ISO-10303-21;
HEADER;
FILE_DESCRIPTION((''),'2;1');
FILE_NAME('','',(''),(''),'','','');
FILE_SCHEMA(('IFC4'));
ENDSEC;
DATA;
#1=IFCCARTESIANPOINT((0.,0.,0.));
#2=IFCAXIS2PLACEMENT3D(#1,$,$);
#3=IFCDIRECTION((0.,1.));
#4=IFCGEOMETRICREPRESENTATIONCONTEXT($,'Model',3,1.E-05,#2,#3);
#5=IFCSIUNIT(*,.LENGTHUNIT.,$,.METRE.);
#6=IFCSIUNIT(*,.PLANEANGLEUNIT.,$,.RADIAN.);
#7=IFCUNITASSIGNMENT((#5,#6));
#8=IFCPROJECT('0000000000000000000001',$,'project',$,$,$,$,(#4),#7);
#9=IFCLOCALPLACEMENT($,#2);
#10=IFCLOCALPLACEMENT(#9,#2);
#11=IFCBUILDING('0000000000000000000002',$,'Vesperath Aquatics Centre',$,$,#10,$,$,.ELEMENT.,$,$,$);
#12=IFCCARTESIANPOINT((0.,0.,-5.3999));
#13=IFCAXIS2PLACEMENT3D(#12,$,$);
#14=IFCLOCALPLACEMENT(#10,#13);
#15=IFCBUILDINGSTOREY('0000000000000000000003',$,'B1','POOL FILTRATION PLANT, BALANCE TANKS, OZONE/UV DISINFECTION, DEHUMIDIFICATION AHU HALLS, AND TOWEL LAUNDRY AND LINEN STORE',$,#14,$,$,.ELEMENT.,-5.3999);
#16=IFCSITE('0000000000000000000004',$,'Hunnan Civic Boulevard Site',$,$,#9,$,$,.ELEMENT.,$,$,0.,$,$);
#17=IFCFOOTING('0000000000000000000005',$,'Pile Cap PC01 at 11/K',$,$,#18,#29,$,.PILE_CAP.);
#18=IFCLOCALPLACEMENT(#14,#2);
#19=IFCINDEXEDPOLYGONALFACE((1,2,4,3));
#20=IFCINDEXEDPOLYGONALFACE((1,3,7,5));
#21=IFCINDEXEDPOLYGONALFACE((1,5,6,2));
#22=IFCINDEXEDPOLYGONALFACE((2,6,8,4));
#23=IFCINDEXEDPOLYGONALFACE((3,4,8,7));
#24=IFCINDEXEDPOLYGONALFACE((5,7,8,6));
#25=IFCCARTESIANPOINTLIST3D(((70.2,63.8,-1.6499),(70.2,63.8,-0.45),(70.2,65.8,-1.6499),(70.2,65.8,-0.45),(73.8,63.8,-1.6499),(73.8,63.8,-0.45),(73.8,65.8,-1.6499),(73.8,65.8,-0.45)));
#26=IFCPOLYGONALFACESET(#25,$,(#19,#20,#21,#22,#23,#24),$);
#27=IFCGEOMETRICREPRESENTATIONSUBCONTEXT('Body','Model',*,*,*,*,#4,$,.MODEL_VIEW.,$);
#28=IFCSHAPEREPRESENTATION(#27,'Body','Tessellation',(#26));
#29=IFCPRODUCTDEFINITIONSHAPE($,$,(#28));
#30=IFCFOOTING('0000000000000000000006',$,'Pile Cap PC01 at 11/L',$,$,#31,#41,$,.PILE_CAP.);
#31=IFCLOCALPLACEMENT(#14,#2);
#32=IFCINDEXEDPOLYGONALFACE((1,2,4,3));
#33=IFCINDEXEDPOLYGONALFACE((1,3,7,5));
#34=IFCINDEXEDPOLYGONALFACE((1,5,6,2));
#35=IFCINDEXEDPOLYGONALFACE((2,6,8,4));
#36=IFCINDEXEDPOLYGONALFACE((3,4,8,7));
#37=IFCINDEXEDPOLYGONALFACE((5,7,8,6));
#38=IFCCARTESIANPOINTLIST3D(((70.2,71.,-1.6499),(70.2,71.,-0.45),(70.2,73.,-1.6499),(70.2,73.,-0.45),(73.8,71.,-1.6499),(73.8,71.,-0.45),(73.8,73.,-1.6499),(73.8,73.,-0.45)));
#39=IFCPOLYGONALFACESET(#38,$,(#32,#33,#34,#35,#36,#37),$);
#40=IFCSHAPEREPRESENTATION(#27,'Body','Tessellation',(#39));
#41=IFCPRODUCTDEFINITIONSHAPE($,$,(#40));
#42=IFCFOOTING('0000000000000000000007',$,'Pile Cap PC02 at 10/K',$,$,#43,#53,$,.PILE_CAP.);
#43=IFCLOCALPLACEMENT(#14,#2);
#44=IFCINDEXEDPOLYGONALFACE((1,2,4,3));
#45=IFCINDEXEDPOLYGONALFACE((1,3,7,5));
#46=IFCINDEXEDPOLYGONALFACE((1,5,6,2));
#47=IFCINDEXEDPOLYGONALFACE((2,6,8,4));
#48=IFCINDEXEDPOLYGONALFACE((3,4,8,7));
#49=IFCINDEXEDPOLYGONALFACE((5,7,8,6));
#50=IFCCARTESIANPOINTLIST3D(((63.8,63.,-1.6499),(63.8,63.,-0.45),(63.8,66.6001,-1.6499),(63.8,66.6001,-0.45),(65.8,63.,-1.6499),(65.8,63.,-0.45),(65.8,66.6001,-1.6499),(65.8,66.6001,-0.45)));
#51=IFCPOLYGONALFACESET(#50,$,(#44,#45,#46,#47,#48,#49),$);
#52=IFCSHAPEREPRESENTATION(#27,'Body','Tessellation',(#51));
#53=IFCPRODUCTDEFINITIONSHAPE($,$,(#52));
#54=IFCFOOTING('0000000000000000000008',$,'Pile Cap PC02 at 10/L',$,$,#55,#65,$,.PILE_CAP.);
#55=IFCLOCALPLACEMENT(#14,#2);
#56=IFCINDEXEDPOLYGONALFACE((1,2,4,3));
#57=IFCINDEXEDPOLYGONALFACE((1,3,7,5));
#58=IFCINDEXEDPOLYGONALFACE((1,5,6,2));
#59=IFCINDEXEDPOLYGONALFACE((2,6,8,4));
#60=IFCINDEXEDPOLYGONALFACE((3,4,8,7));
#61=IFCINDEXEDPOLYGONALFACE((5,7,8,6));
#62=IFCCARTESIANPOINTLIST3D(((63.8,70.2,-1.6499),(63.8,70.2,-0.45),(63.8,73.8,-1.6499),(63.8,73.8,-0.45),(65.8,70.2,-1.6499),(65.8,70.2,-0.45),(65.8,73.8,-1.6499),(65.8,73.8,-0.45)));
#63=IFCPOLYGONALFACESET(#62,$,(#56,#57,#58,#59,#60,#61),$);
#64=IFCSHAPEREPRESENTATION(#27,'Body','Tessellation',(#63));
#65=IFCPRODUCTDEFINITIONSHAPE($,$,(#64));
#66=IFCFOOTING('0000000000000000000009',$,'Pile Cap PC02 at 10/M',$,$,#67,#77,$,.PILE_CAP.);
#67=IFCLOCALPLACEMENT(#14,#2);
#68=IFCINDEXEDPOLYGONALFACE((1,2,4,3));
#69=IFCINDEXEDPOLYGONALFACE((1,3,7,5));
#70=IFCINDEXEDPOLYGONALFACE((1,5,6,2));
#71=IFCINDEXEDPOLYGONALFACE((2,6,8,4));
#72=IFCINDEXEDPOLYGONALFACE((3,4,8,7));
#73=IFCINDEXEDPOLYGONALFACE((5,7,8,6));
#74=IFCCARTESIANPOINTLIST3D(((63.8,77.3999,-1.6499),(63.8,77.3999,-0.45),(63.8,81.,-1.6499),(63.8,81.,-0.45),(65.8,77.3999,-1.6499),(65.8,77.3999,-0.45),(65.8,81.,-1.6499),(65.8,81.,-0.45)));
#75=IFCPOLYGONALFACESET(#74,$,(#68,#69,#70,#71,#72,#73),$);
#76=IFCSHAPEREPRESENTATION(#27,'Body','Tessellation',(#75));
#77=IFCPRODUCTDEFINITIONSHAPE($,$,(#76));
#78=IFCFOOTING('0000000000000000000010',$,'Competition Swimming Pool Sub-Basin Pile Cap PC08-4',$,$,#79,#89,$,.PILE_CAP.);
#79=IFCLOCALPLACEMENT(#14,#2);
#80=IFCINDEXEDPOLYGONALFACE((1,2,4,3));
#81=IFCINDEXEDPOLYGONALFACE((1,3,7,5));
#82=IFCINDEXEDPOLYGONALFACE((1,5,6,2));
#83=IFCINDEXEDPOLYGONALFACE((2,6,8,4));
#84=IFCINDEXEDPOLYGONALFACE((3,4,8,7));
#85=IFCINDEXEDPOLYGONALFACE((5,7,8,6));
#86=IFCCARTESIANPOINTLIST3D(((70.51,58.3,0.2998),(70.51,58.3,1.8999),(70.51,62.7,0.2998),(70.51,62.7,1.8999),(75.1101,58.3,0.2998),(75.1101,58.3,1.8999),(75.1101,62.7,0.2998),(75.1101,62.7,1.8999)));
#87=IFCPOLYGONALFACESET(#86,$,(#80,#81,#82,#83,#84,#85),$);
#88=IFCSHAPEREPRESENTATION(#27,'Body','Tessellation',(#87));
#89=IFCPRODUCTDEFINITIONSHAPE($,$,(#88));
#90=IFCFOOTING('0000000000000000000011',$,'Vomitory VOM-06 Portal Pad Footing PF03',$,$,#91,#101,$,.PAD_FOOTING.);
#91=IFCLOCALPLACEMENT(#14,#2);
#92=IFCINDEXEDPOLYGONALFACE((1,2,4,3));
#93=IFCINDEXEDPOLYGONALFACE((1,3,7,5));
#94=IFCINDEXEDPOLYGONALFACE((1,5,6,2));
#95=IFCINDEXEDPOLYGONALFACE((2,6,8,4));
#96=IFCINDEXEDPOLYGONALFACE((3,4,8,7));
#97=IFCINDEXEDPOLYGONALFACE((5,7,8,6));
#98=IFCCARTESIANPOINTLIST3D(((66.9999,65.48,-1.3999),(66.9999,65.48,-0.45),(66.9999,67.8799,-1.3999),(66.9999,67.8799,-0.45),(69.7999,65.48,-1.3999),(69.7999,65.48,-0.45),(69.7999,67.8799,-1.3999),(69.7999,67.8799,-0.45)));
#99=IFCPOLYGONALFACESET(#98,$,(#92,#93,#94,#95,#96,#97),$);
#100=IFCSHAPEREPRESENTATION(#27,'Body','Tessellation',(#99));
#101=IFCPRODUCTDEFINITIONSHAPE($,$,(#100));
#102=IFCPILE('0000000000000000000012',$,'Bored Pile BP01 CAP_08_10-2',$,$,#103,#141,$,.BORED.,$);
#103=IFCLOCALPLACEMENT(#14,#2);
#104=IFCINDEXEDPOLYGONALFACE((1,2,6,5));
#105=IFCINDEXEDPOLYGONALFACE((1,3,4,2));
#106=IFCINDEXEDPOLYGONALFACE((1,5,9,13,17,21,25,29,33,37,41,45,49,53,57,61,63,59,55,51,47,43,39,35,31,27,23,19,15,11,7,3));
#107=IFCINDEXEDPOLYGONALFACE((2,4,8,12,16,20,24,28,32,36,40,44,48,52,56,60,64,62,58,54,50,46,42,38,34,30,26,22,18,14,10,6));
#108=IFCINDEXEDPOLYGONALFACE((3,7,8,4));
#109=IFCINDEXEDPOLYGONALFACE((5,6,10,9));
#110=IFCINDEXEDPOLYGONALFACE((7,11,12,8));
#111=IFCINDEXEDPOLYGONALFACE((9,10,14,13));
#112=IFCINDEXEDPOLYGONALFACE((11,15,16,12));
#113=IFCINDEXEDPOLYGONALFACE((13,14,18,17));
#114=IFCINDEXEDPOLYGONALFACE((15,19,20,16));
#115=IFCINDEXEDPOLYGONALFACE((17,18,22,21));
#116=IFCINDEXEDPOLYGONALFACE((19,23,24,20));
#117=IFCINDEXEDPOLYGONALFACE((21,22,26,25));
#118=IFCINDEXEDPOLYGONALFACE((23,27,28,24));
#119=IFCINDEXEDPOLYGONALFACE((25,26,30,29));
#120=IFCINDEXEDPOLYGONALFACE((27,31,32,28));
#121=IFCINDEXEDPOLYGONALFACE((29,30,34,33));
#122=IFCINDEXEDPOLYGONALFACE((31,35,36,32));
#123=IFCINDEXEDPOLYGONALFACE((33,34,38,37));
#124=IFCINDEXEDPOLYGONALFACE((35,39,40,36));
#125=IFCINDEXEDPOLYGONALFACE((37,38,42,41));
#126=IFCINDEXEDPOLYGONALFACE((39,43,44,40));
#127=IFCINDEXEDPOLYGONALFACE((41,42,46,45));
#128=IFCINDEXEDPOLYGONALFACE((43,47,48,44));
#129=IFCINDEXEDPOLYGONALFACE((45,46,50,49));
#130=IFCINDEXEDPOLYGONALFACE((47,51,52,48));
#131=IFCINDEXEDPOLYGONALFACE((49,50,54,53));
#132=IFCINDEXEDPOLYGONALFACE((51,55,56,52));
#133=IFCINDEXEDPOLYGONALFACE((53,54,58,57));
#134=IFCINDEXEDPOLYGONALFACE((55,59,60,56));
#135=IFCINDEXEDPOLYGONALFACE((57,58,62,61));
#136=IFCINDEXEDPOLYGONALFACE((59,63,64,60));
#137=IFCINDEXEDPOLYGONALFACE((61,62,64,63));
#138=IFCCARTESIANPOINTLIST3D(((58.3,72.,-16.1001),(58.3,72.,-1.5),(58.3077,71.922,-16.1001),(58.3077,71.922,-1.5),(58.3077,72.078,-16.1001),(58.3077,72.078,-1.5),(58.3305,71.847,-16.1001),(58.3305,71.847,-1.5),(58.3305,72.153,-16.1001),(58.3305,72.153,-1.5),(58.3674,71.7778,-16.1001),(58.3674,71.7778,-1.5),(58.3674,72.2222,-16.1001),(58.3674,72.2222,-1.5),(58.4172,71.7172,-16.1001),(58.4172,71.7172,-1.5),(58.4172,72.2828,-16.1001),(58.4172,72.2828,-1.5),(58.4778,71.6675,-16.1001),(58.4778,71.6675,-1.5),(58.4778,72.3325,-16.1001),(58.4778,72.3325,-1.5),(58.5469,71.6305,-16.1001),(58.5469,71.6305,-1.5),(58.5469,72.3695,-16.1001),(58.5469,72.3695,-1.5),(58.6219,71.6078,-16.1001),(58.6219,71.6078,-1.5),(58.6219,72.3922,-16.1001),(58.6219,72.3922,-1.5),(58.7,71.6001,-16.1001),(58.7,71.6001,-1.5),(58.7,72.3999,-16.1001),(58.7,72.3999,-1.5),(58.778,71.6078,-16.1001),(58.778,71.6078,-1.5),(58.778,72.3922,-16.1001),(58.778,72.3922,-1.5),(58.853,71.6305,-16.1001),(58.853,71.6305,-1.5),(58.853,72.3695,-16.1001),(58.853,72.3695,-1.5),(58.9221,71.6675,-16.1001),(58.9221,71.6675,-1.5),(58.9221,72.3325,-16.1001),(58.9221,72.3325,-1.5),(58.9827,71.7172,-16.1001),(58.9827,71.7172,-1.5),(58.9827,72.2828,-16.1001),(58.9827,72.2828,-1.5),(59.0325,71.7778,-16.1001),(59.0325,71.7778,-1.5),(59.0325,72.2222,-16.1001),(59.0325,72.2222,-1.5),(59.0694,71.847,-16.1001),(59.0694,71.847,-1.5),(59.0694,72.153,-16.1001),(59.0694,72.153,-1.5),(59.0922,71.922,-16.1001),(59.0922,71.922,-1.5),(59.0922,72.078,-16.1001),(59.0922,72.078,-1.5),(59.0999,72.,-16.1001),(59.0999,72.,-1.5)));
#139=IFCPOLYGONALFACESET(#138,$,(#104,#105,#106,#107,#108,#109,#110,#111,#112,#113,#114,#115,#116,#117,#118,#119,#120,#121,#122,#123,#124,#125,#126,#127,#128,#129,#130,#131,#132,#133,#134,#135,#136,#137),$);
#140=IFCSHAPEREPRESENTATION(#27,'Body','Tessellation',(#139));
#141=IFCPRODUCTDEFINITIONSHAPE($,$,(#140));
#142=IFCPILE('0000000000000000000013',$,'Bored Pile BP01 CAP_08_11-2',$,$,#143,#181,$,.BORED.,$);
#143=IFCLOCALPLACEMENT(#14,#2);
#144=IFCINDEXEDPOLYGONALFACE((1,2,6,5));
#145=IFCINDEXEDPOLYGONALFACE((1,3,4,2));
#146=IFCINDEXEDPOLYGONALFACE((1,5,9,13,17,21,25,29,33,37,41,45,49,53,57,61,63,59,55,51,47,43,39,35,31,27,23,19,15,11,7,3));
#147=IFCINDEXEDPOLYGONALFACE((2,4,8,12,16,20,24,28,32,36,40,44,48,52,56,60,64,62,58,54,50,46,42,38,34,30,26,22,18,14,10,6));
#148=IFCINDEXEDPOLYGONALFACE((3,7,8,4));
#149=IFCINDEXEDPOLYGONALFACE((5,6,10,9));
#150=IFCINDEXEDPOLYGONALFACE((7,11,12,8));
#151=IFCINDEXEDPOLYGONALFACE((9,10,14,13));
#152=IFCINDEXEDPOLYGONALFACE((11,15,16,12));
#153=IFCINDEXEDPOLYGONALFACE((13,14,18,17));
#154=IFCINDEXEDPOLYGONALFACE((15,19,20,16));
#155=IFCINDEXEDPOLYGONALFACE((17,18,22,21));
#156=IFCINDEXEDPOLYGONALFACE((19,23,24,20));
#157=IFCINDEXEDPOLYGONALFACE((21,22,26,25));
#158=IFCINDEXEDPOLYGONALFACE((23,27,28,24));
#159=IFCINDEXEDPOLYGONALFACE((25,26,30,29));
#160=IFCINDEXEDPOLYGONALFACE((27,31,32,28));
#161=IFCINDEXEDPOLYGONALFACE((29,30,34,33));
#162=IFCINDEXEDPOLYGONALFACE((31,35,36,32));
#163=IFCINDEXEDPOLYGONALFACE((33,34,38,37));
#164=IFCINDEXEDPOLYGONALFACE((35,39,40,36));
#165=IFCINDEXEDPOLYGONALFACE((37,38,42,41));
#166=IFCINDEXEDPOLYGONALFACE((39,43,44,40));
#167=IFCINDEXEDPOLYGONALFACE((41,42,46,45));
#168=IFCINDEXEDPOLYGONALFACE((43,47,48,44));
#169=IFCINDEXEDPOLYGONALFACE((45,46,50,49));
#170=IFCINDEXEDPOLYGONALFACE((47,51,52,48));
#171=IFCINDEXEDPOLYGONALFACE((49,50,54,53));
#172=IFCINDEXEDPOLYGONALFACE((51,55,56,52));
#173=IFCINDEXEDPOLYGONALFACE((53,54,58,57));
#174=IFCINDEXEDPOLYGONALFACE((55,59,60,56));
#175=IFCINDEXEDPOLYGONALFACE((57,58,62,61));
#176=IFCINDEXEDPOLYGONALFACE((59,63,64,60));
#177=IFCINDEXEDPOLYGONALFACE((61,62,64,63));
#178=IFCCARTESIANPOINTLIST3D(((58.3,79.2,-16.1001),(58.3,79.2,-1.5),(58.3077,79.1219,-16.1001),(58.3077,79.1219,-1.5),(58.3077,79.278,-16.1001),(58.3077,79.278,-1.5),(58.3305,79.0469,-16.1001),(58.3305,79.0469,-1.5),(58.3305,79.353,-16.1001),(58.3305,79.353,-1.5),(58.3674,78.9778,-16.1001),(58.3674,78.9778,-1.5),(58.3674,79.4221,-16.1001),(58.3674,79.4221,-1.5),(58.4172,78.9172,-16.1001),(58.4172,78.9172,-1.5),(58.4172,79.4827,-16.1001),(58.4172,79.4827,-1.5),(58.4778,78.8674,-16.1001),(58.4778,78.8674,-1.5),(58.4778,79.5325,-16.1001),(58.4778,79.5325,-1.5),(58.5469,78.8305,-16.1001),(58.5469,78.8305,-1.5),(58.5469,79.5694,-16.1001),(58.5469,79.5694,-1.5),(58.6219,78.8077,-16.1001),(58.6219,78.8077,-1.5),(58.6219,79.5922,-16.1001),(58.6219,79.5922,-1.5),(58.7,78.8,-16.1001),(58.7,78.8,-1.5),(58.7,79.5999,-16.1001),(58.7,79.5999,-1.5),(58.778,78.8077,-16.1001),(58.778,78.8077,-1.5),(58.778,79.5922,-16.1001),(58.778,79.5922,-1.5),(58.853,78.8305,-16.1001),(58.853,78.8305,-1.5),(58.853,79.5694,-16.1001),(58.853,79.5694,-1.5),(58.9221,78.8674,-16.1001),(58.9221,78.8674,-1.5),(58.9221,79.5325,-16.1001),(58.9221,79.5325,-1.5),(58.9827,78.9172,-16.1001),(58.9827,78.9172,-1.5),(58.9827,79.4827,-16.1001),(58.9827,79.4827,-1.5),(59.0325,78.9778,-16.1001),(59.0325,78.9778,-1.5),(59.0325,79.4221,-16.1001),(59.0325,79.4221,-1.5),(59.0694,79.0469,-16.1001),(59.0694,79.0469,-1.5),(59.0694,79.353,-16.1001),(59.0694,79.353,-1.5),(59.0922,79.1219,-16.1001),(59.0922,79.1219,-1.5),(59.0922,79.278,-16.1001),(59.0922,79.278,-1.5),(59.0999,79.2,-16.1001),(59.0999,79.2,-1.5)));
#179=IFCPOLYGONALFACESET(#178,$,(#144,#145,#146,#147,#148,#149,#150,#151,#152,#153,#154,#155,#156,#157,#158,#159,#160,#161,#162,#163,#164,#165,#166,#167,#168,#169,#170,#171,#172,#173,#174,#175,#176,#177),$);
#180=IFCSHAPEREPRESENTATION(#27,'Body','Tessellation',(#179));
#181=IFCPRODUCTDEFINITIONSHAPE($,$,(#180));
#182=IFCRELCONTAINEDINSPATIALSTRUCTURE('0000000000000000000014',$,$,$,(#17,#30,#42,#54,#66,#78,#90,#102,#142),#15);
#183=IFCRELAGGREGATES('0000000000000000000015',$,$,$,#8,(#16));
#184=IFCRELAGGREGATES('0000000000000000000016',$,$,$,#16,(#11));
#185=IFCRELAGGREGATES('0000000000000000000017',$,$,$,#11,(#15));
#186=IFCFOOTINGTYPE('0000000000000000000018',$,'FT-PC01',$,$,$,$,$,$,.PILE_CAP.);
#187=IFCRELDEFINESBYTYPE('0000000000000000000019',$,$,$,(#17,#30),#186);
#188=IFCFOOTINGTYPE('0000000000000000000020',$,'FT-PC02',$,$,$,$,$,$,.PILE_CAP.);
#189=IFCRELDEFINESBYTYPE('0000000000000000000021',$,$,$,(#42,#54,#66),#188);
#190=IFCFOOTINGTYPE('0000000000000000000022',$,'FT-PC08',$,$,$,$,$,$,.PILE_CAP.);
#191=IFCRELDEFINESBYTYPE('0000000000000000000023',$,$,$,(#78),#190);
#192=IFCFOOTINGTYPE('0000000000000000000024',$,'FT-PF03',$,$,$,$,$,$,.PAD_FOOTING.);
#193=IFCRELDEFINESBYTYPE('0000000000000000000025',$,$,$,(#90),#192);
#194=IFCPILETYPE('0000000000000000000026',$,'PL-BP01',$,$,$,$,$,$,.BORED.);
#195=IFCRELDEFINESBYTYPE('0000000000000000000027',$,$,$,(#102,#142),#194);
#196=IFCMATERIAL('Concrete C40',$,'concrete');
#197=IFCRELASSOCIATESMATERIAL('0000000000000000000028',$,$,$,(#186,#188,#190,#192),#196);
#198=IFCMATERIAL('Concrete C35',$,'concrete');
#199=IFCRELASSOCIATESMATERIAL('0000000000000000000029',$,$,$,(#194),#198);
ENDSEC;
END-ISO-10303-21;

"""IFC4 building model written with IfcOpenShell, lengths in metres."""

from ifc_helpers import new_model, si_unit, direction, frame, origin, origin_2d, place, context, subcontext, project, spatial, rectangle, circle, extrude, material, material_profile, profile_set, type_object, element, save


model = new_model("IFC4")

# Units and contexts
model_context = context("Model", 3, precision=1e-05, world=origin(), true_north=direction((0.0, 1.0)))
body_context = subcontext(model_context, "Body", "Model", "MODEL_VIEW")
ifc_project = project(units=[si_unit("LENGTHUNIT", "METRE"), si_unit("PLANEANGLEUNIT", "RADIAN")], contexts=[model_context])

# Site, building, storey
site_placement = place(None, origin())
site = spatial("IfcSite", under=ifc_project, at=site_placement, Name="Hunnan Civic Boulevard Site", CompositionType="ELEMENT", RefElevation=0.0)
building_placement = place(site_placement, origin())
building = spatial("IfcBuilding", under=site, at=building_placement, Name="Vesperath Aquatics Centre", CompositionType="ELEMENT")
storey_placement = place(building_placement, frame((0.0, 0.0, -5.3999)))
storey = spatial("IfcBuildingStorey", under=building, at=storey_placement, Name="B1", Description="POOL FILTRATION PLANT, BALANCE TANKS, OZONE/UV DISINFECTION, DEHUMIDIFICATION AHU HALLS, AND TOWEL LAUNDRY AND LINEN STORE", CompositionType="ELEMENT", Elevation=-5.3999)

# Footings
ifc_material_1 = material(Name="Concrete C40", Category="concrete")
footing_type_1 = type_object("IfcFootingType", Name="FT-PC01", PredefinedType="PILE_CAP", material=ifc_material_1)
for number, where, z_axis, x_axis, name in (
    (1, (72.0, 64.8, -1.6499), (0.0, 0.0, 1.0), (1.0, 0.0, 0.0), "Pile Cap PC01 at 11/K"),
    (2, (72.0, 72.0, -1.6499), (0.0, 0.0, 1.0), (1.0, 0.0, 0.0), "Pile Cap PC01 at 11/L"),
):
    element("IfcFooting", number, at=place(storey_placement, frame(where, z_axis=z_axis, x_axis=x_axis)), inside=storey, type_object=footing_type_1, Name=name, PredefinedType="PILE_CAP", context=body_context, shape_type="SweptSolid", body=[
        extrude(rectangle(XDim=3.6001, YDim=2.0, at=origin_2d()), origin(), (0.0, 0.0, 1.0), 1.2),
    ])
footing_type_2 = type_object("IfcFootingType", Name="FT-PC02", PredefinedType="PILE_CAP", material=ifc_material_1)
for number, where, z_axis, x_axis, name in (
    (3, (64.8, 64.8, -1.6499), (0.0, 0.0, 1.0), (1.0, 0.0, 0.0), "Pile Cap PC02 at 10/K"),
    (4, (64.8, 72.0, -1.6499), (0.0, 0.0, 1.0), (1.0, 0.0, 0.0), "Pile Cap PC02 at 10/L"),
    (5, (64.8, 79.2, -1.6499), (0.0, 0.0, 1.0), (1.0, 0.0, 0.0), "Pile Cap PC02 at 10/M"),
):
    element("IfcFooting", number, at=place(storey_placement, frame(where, z_axis=z_axis, x_axis=x_axis)), inside=storey, type_object=footing_type_2, Name=name, PredefinedType="PILE_CAP", context=body_context, shape_type="SweptSolid", body=[
        extrude(rectangle(XDim=2.0, YDim=3.6001, at=origin_2d()), origin(), (0.0, 0.0, 1.0), 1.2),
    ])
footing_type_3 = type_object("IfcFootingType", Name="FT-PC08", PredefinedType="PILE_CAP", material=ifc_material_1)
footing_1_placement = place(storey_placement, frame((72.8101, 60.5, 0.2998), z_axis=(0.0, 0.0, 1.0), x_axis=(1.0, 0.0, 0.0)))
element("IfcFooting", 6, at=footing_1_placement, inside=storey, type_object=footing_type_3, Name="Competition Swimming Pool Sub-Basin Pile Cap PC08-4", PredefinedType="PILE_CAP", context=body_context, shape_type="SweptSolid", body=[
    extrude(rectangle(XDim=4.6001, YDim=4.3999, at=origin_2d()), origin(), (0.0, 0.0, 1.0), 1.6001),
])
footing_type_4 = type_object("IfcFootingType", Name="FT-PF03", PredefinedType="PAD_FOOTING", material=ifc_material_1)
footing_2_placement = place(storey_placement, frame((68.3999, 66.6799, -1.3999), z_axis=(0.0, 0.0, 1.0), x_axis=(1.0, 0.0, 0.0)))
element("IfcFooting", 7, at=footing_2_placement, inside=storey, type_object=footing_type_4, Name="Vomitory VOM-06 Portal Pad Footing PF03", PredefinedType="PAD_FOOTING", context=body_context, shape_type="SweptSolid", body=[
    extrude(rectangle(XDim=2.8, YDim=2.3999, at=origin_2d()), origin(), (0.0, 0.0, 1.0), 0.95),
])

# Piles
ifc_material_2 = material(Name="Concrete C35", Category="concrete")
ifc_material_profile_1 = material_profile(ifc_material_2, circle(Radius=0.3999, at=origin_2d()), Name="PILE D800")
ifc_profile_set_1 = profile_set([ifc_material_profile_1], Name="Concrete C35")
pile_type = type_object("IfcPileType", Name="PL-BP01", PredefinedType="BORED", material=ifc_profile_set_1)
for number, where, z_axis, x_axis, name in (
    (8, (58.7, 72.0, -1.5), (0.0, 0.0, -1.0), (1.0, 0.0, 0.0), "Bored Pile BP01 CAP_08_10-2"),
    (9, (58.7, 79.2, -1.5), (0.0, 0.0, -1.0), (1.0, 0.0, 0.0), "Bored Pile BP01 CAP_08_11-2"),
):
    element("IfcPile", number, at=place(storey_placement, frame(where, z_axis=z_axis, x_axis=x_axis)), inside=storey, type_object=pile_type, Name=name, PredefinedType="BORED", context=body_context, shape_type="SweptSolid", body=[
        extrude(circle(Radius=0.3999, at=origin_2d()), origin(), (0.0, 0.0, 1.0), 14.6001),
    ])

save(model, "model.ifc")
